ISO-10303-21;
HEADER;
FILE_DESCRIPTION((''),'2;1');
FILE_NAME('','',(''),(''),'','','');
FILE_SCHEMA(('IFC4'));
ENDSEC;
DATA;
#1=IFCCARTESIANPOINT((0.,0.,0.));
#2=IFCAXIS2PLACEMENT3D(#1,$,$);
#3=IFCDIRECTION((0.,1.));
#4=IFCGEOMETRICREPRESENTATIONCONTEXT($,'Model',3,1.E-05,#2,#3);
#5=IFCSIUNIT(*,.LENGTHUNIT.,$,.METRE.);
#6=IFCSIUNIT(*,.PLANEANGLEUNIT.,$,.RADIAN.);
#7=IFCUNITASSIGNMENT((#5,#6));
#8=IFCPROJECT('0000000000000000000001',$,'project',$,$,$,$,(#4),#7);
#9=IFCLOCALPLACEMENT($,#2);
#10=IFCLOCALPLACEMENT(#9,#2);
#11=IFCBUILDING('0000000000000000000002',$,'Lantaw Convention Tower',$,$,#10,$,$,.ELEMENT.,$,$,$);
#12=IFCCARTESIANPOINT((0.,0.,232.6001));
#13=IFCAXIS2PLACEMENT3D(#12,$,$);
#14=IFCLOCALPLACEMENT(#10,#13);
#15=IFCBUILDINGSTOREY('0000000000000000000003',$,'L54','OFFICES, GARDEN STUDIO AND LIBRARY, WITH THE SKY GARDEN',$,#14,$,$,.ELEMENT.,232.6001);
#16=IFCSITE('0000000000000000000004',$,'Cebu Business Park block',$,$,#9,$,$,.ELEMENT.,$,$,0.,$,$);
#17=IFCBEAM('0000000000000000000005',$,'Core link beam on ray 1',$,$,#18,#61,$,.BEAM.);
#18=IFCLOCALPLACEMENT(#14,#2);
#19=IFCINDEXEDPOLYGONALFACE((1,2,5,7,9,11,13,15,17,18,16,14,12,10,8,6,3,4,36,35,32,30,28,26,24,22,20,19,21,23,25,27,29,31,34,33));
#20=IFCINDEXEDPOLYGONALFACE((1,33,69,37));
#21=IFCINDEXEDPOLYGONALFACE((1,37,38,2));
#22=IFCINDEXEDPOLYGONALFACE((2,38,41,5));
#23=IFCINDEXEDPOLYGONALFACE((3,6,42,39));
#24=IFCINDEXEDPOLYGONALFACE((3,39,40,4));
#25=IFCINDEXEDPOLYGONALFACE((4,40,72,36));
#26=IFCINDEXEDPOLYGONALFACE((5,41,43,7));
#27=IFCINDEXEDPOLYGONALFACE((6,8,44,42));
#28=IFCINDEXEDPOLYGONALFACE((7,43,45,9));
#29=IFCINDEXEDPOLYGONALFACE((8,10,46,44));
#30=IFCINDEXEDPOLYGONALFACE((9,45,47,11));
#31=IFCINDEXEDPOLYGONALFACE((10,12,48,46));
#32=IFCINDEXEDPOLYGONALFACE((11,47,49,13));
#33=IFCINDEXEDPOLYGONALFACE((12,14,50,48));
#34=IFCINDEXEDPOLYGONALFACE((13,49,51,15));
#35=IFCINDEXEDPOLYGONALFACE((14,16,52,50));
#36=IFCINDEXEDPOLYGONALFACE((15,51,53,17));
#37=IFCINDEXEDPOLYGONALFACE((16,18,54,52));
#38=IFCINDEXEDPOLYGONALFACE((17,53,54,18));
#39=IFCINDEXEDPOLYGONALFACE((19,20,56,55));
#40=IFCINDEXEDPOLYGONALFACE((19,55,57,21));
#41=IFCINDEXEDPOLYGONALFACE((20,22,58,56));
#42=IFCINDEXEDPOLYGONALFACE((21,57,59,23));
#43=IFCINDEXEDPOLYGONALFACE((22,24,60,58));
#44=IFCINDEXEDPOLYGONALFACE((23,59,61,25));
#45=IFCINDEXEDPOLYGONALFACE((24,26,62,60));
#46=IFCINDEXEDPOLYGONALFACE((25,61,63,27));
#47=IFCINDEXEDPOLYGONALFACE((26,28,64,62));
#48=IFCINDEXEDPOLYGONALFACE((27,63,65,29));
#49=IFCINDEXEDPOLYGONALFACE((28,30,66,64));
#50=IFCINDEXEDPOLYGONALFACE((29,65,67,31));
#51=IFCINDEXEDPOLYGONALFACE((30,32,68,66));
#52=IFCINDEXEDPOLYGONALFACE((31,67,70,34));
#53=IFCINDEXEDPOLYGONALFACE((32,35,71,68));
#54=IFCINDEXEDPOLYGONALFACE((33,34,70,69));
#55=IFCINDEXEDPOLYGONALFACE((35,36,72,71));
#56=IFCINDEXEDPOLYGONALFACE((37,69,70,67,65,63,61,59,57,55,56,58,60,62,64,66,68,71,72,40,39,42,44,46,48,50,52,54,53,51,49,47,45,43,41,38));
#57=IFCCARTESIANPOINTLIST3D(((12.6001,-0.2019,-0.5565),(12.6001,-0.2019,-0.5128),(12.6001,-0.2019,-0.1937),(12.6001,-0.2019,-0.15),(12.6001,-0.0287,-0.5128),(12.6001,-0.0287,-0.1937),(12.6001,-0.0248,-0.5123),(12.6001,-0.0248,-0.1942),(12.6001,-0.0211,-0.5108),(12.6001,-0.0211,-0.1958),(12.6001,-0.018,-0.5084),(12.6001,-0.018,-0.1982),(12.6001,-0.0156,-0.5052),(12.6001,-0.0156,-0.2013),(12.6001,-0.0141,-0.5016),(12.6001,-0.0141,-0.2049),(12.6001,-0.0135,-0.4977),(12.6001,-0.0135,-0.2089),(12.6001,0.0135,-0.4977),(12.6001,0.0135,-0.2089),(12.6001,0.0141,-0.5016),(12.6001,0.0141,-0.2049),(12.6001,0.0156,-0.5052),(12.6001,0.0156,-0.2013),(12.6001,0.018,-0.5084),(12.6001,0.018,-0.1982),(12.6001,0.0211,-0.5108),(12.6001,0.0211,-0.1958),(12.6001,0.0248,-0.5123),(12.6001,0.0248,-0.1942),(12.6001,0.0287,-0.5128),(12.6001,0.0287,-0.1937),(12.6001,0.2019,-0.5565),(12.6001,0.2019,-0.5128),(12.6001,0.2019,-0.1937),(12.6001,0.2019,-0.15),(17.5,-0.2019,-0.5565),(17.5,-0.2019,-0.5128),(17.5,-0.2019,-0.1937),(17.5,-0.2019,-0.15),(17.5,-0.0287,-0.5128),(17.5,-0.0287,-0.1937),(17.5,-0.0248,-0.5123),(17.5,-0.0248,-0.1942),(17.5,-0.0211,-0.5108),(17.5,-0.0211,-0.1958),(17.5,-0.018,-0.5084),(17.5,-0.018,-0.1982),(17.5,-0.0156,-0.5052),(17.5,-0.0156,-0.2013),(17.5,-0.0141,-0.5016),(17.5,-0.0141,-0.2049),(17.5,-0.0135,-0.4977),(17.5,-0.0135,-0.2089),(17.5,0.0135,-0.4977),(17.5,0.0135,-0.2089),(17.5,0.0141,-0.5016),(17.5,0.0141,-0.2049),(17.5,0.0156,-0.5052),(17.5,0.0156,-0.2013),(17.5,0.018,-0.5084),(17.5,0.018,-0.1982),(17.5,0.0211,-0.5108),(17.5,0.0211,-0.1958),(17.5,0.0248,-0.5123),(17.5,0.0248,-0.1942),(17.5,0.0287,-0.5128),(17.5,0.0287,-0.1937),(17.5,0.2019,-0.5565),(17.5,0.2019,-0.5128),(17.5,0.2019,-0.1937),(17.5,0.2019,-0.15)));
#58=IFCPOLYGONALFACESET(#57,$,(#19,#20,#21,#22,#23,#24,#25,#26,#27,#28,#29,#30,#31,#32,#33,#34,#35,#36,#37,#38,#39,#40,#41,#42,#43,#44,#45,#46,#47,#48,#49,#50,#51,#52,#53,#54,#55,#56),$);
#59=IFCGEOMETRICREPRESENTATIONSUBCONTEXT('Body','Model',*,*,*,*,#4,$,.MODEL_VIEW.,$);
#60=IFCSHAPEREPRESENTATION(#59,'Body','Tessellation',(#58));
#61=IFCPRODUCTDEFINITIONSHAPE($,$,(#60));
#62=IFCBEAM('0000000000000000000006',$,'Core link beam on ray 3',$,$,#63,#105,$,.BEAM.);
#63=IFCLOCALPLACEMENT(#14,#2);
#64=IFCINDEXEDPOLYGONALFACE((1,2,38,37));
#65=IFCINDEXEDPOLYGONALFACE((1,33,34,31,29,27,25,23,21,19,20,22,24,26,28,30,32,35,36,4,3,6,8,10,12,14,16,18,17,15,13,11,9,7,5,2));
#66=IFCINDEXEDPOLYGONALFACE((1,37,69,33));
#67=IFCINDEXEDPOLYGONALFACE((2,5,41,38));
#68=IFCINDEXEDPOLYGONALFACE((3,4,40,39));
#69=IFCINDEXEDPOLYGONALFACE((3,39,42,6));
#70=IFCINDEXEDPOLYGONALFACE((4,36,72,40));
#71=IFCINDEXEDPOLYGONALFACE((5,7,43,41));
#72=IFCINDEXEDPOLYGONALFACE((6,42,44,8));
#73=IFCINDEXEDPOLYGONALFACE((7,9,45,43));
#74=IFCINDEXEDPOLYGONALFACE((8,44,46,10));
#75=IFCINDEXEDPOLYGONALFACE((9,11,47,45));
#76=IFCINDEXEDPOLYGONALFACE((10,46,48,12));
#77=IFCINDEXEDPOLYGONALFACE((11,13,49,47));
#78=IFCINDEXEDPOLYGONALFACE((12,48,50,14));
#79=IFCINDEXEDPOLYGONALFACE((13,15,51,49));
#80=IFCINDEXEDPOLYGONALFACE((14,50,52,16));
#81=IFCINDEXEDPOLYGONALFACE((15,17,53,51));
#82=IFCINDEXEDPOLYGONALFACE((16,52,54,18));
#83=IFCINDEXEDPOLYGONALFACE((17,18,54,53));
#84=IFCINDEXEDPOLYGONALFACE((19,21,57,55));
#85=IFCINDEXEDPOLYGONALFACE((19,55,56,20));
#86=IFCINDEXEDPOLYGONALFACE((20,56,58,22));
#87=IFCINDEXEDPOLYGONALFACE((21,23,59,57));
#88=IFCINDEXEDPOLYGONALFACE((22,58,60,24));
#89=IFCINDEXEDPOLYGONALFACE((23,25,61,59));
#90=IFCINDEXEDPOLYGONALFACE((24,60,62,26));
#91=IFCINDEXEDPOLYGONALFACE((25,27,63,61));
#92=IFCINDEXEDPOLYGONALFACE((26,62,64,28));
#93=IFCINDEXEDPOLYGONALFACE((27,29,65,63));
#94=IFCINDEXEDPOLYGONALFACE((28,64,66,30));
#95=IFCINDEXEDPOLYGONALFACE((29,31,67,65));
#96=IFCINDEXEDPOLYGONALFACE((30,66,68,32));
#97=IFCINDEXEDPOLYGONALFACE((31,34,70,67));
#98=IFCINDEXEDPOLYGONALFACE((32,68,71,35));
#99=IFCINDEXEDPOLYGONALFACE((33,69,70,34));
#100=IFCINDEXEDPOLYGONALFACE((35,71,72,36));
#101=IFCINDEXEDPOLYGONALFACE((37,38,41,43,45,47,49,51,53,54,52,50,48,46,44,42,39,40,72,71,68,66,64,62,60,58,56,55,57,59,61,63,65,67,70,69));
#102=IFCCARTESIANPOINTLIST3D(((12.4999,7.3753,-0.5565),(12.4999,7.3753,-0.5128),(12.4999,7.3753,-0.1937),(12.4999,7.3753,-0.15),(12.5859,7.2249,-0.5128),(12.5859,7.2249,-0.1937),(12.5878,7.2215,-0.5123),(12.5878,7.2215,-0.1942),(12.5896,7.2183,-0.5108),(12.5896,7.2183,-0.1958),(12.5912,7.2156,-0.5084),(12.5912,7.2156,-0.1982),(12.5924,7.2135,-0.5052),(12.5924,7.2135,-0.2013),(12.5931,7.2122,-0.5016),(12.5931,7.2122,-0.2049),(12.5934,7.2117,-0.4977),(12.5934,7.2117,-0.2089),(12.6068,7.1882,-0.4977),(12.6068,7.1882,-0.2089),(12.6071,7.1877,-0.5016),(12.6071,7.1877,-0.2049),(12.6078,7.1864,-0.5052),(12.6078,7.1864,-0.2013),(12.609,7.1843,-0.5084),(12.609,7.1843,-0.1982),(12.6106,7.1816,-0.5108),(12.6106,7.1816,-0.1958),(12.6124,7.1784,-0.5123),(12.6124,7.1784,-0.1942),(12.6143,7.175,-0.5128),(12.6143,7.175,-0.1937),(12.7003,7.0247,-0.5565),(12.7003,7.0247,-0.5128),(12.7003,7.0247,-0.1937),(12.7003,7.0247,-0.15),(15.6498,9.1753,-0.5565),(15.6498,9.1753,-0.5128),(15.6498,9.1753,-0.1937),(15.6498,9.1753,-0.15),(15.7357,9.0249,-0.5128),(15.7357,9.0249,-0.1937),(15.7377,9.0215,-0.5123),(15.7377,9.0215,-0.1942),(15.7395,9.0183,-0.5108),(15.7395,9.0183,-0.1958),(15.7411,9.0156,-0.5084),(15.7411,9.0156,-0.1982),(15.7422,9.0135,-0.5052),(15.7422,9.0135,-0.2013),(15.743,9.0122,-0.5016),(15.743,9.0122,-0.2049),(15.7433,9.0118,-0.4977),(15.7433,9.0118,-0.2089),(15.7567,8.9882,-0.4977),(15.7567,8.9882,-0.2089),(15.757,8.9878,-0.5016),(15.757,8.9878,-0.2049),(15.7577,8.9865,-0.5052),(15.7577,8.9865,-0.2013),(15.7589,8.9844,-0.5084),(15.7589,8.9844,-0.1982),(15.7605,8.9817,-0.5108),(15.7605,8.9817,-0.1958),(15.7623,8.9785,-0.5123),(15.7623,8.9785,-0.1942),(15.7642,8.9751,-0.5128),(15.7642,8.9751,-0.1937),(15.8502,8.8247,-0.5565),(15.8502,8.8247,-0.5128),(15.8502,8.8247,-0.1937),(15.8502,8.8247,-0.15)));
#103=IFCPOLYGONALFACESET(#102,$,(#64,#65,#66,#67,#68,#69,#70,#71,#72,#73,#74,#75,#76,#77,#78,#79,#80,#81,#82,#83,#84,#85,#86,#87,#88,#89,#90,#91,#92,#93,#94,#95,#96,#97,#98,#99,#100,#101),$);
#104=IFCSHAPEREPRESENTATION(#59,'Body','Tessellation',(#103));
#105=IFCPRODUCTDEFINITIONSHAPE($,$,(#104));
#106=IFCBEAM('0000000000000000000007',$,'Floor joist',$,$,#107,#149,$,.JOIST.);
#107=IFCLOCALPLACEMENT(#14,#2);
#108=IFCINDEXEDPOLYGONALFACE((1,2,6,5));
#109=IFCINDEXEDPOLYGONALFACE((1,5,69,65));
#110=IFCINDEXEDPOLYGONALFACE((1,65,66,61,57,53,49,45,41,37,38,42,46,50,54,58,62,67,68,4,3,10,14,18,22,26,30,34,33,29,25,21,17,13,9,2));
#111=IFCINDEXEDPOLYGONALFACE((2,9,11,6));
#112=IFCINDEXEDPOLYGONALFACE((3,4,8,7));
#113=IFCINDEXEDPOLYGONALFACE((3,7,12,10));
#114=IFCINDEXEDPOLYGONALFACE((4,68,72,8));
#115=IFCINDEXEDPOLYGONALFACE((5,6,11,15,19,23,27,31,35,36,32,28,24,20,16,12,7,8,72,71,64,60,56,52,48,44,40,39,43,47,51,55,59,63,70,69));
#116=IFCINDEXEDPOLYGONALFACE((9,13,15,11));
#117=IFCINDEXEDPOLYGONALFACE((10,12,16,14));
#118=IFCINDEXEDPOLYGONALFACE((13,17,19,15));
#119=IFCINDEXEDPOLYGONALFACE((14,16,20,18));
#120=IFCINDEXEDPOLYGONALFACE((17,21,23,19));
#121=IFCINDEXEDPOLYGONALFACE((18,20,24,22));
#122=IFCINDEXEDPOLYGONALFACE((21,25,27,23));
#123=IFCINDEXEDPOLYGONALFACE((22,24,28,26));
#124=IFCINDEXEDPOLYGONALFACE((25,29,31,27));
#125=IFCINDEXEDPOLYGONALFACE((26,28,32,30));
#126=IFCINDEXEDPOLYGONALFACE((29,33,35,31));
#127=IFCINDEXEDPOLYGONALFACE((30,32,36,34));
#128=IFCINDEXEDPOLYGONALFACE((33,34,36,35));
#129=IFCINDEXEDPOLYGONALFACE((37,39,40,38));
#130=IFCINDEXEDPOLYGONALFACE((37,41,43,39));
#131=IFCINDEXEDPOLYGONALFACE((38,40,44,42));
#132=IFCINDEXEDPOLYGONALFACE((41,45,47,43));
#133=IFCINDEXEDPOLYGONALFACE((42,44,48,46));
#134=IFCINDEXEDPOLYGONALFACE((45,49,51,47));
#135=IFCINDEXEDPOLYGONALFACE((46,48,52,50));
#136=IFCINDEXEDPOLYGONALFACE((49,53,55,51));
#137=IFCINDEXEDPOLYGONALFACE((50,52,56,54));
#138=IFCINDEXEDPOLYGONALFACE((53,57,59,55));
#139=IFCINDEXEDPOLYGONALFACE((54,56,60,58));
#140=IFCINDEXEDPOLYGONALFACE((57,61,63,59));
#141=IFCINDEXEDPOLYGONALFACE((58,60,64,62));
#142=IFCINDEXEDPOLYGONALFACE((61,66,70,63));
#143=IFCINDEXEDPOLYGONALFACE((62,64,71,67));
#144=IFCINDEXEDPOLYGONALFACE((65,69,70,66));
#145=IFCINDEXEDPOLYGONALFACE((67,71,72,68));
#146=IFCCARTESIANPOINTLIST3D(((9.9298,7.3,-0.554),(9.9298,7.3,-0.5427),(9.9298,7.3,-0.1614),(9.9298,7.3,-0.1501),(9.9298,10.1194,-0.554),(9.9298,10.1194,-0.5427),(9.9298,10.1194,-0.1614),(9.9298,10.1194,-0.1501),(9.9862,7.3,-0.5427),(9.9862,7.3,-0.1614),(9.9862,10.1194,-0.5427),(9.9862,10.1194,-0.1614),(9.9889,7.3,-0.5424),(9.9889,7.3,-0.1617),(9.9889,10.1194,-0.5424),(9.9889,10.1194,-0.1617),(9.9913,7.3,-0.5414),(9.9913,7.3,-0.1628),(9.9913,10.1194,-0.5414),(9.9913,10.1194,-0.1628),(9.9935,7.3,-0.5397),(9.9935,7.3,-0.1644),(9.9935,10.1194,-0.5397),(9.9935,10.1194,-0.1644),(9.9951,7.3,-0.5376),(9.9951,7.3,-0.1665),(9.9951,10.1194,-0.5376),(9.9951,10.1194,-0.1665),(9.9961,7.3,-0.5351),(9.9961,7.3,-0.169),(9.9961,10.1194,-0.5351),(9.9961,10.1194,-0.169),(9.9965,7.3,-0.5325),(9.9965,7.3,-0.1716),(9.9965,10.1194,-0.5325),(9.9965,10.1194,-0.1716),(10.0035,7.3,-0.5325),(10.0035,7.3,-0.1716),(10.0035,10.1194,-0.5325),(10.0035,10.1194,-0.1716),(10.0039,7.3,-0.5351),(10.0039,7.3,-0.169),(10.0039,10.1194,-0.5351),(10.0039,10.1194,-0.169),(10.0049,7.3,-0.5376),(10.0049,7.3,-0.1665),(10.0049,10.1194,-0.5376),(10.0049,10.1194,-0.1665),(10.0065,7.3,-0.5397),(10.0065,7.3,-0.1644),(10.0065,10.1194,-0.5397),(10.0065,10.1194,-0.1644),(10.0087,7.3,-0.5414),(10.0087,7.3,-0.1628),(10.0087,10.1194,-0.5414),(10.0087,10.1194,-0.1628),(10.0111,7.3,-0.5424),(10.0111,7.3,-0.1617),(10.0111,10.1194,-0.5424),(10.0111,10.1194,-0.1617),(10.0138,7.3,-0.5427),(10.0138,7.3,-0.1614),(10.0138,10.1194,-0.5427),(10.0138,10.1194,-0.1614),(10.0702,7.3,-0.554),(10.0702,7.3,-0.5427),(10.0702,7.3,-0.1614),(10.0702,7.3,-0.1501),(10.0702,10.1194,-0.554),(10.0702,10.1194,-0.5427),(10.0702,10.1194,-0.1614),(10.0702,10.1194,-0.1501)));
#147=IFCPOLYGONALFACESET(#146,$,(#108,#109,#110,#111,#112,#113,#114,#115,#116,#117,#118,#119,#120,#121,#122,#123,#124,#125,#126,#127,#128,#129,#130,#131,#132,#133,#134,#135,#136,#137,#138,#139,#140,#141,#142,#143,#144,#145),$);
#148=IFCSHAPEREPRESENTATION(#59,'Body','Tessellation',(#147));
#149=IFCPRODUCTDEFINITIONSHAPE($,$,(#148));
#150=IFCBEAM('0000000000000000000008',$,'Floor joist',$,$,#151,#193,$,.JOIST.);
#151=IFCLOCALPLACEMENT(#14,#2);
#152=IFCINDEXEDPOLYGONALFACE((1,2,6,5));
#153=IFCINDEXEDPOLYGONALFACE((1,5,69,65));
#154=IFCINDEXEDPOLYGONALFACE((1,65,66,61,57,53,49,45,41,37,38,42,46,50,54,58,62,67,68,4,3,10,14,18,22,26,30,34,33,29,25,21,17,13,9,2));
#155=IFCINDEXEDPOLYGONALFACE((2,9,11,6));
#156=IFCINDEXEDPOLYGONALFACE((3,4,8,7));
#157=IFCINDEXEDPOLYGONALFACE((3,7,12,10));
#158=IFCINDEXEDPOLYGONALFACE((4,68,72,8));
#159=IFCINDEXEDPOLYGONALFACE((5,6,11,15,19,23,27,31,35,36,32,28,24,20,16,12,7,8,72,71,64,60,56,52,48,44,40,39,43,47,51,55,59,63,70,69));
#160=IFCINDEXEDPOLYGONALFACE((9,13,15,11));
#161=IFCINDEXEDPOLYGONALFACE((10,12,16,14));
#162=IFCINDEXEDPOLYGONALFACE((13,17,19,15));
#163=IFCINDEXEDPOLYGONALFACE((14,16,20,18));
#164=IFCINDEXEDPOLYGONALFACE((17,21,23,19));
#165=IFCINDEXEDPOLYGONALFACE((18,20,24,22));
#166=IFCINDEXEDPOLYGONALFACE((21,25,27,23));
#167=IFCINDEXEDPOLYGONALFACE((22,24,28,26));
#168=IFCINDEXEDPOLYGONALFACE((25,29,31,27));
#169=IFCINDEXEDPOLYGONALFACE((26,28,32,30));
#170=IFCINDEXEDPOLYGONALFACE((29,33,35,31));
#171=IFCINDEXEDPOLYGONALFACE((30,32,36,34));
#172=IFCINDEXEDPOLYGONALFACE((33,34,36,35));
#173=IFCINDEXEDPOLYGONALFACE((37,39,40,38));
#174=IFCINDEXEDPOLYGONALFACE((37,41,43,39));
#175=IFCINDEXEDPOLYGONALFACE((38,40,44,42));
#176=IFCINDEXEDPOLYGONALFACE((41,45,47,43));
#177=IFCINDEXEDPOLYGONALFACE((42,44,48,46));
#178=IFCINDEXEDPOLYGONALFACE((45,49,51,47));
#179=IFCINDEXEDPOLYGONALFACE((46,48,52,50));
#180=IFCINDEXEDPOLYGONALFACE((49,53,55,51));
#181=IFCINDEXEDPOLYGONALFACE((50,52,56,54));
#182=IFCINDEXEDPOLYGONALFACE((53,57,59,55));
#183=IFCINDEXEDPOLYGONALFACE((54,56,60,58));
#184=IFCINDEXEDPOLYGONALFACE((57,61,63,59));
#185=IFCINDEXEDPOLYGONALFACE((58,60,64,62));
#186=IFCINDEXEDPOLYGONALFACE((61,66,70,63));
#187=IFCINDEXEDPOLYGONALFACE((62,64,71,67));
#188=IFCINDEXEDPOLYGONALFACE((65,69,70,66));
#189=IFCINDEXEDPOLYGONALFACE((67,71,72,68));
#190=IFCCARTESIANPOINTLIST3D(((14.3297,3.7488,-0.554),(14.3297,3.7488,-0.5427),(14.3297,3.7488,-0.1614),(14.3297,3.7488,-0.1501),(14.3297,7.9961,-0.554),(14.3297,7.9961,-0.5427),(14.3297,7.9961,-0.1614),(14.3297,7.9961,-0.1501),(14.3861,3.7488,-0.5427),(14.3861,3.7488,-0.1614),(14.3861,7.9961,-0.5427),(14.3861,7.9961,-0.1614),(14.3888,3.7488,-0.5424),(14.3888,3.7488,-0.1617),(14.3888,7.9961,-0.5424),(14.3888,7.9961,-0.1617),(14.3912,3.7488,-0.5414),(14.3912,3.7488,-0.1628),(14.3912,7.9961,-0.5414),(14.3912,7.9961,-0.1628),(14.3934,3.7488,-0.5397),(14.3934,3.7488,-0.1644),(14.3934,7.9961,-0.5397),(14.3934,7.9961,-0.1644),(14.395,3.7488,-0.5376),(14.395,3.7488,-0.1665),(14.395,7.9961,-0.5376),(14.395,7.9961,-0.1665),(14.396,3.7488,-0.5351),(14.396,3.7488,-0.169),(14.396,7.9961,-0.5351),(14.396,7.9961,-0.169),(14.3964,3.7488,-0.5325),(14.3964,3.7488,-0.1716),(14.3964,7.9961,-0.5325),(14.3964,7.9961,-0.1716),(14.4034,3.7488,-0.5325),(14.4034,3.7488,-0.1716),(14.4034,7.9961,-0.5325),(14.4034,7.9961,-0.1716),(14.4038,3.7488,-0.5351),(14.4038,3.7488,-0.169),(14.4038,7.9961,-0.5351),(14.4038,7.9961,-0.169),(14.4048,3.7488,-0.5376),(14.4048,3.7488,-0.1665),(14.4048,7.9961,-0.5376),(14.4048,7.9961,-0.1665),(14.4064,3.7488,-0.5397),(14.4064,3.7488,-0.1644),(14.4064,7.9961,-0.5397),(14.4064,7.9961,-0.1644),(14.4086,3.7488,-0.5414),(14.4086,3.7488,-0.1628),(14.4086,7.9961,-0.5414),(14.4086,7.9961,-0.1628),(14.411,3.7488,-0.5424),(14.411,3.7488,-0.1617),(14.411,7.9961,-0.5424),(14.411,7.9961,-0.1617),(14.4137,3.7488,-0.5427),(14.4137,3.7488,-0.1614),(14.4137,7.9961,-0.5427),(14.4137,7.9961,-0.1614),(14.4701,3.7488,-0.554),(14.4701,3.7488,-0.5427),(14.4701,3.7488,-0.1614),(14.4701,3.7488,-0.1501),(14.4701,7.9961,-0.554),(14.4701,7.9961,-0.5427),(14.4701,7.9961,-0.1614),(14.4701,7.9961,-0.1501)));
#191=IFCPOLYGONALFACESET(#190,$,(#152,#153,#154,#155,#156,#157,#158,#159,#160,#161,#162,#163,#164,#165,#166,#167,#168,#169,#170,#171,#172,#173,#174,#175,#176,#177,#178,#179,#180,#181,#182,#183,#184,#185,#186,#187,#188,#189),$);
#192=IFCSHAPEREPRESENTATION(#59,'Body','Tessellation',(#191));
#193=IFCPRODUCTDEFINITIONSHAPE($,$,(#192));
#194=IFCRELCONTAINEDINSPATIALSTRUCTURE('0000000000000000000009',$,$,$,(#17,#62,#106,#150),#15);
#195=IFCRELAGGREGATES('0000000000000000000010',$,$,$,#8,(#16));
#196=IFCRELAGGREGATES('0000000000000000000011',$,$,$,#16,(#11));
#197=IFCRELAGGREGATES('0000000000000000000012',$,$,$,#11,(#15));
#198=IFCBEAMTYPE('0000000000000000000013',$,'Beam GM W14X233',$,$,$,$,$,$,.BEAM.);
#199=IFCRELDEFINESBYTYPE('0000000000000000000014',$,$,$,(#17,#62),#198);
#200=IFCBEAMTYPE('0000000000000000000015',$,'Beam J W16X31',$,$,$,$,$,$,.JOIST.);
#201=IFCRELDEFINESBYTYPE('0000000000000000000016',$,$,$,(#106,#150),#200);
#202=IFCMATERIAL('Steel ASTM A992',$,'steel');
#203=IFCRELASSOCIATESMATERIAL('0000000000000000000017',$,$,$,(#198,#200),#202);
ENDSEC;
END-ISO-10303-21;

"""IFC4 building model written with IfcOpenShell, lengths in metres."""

from ifc_helpers import new_model, si_unit, direction, frame, origin, origin_2d, place, context, subcontext, project, spatial, i_section, extrude, material, material_profile, profile_set, type_object, element, save


model = new_model("IFC4")

# Units and contexts
model_context = context("Model", 3, precision=1e-05, world=origin(), true_north=direction((0.0, 1.0)))
body_context = subcontext(model_context, "Body", "Model", "MODEL_VIEW")
ifc_project = project(units=[si_unit("LENGTHUNIT", "METRE"), si_unit("PLANEANGLEUNIT", "RADIAN")], contexts=[model_context])

# Site, building, storey
site_placement = place(None, origin())
site = spatial("IfcSite", under=ifc_project, at=site_placement, Name="Cebu Business Park block", CompositionType="ELEMENT", RefElevation=0.0)
building_placement = place(site_placement, origin())
building = spatial("IfcBuilding", under=site, at=building_placement, Name="Lantaw Convention Tower", CompositionType="ELEMENT")
storey_placement = place(building_placement, frame((0.0, 0.0, 232.6001)))
storey = spatial("IfcBuildingStorey", under=building, at=storey_placement, Name="L54", Description="OFFICES, GARDEN STUDIO AND LIBRARY, WITH THE SKY GARDEN", CompositionType="ELEMENT", Elevation=232.6001)

# Beams
ifc_material_1 = material(Name="Steel ASTM A992", Category="steel")
ifc_material_profile_1 = material_profile(ifc_material_1, i_section(OverallWidth=0.4038, OverallDepth=0.4065, WebThickness=0.0271, FlangeThickness=0.0437, FilletRadius=0.0151, at=origin_2d()), Name="W14X233")
ifc_profile_set_1 = profile_set([ifc_material_profile_1], Name="Steel ASTM A992")
beam_type_1 = type_object("IfcBeamType", Name="Beam GM W14X233", PredefinedType="BEAM", material=ifc_profile_set_1)
beam_1_placement = place(storey_placement, frame((12.6001, 0.0, -0.3533), z_axis=(1.0, 0.0, 0.0), x_axis=(0.0, 1.0, 0.0)))
element("IfcBeam", 1, at=beam_1_placement, inside=storey, type_object=beam_type_1, Name="Core link beam on ray 1", PredefinedType="BEAM", context=body_context, shape_type="SweptSolid", body=[
    extrude(i_section(OverallWidth=0.4038, OverallDepth=0.4065, WebThickness=0.0271, FlangeThickness=0.0437, FilletRadius=0.0151, at=origin_2d()), origin(), (0.0, 0.0, 1.0), 4.8999),
])
beam_2_placement = place(storey_placement, frame((12.6001, 7.2, -0.3533), z_axis=(0.868231, 0.496161, 0.0), x_axis=(-0.496161, 0.868231, 0.0)))
element("IfcBeam", 2, at=beam_2_placement, inside=storey, type_object=beam_type_1, Name="Core link beam on ray 3", PredefinedType="BEAM", context=body_context, shape_type="SweptSolid", body=[
    extrude(i_section(OverallWidth=0.4038, OverallDepth=0.4065, WebThickness=0.0271, FlangeThickness=0.0437, FilletRadius=0.0151, at=origin_2d()), origin(), (0.0, 0.0, 1.0), 3.6279),
])
ifc_material_profile_2 = material_profile(ifc_material_1, i_section(OverallWidth=0.1404, OverallDepth=0.4038, WebThickness=0.0071, FlangeThickness=0.0112, FilletRadius=0.0103, at=origin_2d()), Name="W16X31")
ifc_profile_set_2 = profile_set([ifc_material_profile_2], Name="Steel ASTM A992")
beam_type_2 = type_object("IfcBeamType", Name="Beam J W16X31", PredefinedType="JOIST", material=ifc_profile_set_2)
beam_3_placement = place(storey_placement, frame((10.0, 7.3, -0.3521), z_axis=(0.0, 1.0, 0.0), x_axis=(-1.0, 0.0, 0.0)))
element("IfcBeam", 3, at=beam_3_placement, inside=storey, type_object=beam_type_2, Name="Floor joist", PredefinedType="JOIST", context=body_context, shape_type="SweptSolid", body=[
    extrude(i_section(OverallWidth=0.1404, OverallDepth=0.4038, WebThickness=0.0071, FlangeThickness=0.0112, FilletRadius=0.0103, at=origin_2d()), origin(), (0.0, 0.0, 1.0), 2.8193),
])
beam_4_placement = place(storey_placement, frame((14.3999, 3.7488, -0.3521), z_axis=(0.0, 1.0, 0.0), x_axis=(-1.0, 0.0, 0.0)))
element("IfcBeam", 4, at=beam_4_placement, inside=storey, type_object=beam_type_2, Name="Floor joist", PredefinedType="JOIST", context=body_context, shape_type="SweptSolid", body=[
    extrude(i_section(OverallWidth=0.1404, OverallDepth=0.4038, WebThickness=0.0071, FlangeThickness=0.0112, FilletRadius=0.0103, at=origin_2d()), origin(), (0.0, 0.0, 1.0), 4.2473),
])

save(model, "model.ifc")
